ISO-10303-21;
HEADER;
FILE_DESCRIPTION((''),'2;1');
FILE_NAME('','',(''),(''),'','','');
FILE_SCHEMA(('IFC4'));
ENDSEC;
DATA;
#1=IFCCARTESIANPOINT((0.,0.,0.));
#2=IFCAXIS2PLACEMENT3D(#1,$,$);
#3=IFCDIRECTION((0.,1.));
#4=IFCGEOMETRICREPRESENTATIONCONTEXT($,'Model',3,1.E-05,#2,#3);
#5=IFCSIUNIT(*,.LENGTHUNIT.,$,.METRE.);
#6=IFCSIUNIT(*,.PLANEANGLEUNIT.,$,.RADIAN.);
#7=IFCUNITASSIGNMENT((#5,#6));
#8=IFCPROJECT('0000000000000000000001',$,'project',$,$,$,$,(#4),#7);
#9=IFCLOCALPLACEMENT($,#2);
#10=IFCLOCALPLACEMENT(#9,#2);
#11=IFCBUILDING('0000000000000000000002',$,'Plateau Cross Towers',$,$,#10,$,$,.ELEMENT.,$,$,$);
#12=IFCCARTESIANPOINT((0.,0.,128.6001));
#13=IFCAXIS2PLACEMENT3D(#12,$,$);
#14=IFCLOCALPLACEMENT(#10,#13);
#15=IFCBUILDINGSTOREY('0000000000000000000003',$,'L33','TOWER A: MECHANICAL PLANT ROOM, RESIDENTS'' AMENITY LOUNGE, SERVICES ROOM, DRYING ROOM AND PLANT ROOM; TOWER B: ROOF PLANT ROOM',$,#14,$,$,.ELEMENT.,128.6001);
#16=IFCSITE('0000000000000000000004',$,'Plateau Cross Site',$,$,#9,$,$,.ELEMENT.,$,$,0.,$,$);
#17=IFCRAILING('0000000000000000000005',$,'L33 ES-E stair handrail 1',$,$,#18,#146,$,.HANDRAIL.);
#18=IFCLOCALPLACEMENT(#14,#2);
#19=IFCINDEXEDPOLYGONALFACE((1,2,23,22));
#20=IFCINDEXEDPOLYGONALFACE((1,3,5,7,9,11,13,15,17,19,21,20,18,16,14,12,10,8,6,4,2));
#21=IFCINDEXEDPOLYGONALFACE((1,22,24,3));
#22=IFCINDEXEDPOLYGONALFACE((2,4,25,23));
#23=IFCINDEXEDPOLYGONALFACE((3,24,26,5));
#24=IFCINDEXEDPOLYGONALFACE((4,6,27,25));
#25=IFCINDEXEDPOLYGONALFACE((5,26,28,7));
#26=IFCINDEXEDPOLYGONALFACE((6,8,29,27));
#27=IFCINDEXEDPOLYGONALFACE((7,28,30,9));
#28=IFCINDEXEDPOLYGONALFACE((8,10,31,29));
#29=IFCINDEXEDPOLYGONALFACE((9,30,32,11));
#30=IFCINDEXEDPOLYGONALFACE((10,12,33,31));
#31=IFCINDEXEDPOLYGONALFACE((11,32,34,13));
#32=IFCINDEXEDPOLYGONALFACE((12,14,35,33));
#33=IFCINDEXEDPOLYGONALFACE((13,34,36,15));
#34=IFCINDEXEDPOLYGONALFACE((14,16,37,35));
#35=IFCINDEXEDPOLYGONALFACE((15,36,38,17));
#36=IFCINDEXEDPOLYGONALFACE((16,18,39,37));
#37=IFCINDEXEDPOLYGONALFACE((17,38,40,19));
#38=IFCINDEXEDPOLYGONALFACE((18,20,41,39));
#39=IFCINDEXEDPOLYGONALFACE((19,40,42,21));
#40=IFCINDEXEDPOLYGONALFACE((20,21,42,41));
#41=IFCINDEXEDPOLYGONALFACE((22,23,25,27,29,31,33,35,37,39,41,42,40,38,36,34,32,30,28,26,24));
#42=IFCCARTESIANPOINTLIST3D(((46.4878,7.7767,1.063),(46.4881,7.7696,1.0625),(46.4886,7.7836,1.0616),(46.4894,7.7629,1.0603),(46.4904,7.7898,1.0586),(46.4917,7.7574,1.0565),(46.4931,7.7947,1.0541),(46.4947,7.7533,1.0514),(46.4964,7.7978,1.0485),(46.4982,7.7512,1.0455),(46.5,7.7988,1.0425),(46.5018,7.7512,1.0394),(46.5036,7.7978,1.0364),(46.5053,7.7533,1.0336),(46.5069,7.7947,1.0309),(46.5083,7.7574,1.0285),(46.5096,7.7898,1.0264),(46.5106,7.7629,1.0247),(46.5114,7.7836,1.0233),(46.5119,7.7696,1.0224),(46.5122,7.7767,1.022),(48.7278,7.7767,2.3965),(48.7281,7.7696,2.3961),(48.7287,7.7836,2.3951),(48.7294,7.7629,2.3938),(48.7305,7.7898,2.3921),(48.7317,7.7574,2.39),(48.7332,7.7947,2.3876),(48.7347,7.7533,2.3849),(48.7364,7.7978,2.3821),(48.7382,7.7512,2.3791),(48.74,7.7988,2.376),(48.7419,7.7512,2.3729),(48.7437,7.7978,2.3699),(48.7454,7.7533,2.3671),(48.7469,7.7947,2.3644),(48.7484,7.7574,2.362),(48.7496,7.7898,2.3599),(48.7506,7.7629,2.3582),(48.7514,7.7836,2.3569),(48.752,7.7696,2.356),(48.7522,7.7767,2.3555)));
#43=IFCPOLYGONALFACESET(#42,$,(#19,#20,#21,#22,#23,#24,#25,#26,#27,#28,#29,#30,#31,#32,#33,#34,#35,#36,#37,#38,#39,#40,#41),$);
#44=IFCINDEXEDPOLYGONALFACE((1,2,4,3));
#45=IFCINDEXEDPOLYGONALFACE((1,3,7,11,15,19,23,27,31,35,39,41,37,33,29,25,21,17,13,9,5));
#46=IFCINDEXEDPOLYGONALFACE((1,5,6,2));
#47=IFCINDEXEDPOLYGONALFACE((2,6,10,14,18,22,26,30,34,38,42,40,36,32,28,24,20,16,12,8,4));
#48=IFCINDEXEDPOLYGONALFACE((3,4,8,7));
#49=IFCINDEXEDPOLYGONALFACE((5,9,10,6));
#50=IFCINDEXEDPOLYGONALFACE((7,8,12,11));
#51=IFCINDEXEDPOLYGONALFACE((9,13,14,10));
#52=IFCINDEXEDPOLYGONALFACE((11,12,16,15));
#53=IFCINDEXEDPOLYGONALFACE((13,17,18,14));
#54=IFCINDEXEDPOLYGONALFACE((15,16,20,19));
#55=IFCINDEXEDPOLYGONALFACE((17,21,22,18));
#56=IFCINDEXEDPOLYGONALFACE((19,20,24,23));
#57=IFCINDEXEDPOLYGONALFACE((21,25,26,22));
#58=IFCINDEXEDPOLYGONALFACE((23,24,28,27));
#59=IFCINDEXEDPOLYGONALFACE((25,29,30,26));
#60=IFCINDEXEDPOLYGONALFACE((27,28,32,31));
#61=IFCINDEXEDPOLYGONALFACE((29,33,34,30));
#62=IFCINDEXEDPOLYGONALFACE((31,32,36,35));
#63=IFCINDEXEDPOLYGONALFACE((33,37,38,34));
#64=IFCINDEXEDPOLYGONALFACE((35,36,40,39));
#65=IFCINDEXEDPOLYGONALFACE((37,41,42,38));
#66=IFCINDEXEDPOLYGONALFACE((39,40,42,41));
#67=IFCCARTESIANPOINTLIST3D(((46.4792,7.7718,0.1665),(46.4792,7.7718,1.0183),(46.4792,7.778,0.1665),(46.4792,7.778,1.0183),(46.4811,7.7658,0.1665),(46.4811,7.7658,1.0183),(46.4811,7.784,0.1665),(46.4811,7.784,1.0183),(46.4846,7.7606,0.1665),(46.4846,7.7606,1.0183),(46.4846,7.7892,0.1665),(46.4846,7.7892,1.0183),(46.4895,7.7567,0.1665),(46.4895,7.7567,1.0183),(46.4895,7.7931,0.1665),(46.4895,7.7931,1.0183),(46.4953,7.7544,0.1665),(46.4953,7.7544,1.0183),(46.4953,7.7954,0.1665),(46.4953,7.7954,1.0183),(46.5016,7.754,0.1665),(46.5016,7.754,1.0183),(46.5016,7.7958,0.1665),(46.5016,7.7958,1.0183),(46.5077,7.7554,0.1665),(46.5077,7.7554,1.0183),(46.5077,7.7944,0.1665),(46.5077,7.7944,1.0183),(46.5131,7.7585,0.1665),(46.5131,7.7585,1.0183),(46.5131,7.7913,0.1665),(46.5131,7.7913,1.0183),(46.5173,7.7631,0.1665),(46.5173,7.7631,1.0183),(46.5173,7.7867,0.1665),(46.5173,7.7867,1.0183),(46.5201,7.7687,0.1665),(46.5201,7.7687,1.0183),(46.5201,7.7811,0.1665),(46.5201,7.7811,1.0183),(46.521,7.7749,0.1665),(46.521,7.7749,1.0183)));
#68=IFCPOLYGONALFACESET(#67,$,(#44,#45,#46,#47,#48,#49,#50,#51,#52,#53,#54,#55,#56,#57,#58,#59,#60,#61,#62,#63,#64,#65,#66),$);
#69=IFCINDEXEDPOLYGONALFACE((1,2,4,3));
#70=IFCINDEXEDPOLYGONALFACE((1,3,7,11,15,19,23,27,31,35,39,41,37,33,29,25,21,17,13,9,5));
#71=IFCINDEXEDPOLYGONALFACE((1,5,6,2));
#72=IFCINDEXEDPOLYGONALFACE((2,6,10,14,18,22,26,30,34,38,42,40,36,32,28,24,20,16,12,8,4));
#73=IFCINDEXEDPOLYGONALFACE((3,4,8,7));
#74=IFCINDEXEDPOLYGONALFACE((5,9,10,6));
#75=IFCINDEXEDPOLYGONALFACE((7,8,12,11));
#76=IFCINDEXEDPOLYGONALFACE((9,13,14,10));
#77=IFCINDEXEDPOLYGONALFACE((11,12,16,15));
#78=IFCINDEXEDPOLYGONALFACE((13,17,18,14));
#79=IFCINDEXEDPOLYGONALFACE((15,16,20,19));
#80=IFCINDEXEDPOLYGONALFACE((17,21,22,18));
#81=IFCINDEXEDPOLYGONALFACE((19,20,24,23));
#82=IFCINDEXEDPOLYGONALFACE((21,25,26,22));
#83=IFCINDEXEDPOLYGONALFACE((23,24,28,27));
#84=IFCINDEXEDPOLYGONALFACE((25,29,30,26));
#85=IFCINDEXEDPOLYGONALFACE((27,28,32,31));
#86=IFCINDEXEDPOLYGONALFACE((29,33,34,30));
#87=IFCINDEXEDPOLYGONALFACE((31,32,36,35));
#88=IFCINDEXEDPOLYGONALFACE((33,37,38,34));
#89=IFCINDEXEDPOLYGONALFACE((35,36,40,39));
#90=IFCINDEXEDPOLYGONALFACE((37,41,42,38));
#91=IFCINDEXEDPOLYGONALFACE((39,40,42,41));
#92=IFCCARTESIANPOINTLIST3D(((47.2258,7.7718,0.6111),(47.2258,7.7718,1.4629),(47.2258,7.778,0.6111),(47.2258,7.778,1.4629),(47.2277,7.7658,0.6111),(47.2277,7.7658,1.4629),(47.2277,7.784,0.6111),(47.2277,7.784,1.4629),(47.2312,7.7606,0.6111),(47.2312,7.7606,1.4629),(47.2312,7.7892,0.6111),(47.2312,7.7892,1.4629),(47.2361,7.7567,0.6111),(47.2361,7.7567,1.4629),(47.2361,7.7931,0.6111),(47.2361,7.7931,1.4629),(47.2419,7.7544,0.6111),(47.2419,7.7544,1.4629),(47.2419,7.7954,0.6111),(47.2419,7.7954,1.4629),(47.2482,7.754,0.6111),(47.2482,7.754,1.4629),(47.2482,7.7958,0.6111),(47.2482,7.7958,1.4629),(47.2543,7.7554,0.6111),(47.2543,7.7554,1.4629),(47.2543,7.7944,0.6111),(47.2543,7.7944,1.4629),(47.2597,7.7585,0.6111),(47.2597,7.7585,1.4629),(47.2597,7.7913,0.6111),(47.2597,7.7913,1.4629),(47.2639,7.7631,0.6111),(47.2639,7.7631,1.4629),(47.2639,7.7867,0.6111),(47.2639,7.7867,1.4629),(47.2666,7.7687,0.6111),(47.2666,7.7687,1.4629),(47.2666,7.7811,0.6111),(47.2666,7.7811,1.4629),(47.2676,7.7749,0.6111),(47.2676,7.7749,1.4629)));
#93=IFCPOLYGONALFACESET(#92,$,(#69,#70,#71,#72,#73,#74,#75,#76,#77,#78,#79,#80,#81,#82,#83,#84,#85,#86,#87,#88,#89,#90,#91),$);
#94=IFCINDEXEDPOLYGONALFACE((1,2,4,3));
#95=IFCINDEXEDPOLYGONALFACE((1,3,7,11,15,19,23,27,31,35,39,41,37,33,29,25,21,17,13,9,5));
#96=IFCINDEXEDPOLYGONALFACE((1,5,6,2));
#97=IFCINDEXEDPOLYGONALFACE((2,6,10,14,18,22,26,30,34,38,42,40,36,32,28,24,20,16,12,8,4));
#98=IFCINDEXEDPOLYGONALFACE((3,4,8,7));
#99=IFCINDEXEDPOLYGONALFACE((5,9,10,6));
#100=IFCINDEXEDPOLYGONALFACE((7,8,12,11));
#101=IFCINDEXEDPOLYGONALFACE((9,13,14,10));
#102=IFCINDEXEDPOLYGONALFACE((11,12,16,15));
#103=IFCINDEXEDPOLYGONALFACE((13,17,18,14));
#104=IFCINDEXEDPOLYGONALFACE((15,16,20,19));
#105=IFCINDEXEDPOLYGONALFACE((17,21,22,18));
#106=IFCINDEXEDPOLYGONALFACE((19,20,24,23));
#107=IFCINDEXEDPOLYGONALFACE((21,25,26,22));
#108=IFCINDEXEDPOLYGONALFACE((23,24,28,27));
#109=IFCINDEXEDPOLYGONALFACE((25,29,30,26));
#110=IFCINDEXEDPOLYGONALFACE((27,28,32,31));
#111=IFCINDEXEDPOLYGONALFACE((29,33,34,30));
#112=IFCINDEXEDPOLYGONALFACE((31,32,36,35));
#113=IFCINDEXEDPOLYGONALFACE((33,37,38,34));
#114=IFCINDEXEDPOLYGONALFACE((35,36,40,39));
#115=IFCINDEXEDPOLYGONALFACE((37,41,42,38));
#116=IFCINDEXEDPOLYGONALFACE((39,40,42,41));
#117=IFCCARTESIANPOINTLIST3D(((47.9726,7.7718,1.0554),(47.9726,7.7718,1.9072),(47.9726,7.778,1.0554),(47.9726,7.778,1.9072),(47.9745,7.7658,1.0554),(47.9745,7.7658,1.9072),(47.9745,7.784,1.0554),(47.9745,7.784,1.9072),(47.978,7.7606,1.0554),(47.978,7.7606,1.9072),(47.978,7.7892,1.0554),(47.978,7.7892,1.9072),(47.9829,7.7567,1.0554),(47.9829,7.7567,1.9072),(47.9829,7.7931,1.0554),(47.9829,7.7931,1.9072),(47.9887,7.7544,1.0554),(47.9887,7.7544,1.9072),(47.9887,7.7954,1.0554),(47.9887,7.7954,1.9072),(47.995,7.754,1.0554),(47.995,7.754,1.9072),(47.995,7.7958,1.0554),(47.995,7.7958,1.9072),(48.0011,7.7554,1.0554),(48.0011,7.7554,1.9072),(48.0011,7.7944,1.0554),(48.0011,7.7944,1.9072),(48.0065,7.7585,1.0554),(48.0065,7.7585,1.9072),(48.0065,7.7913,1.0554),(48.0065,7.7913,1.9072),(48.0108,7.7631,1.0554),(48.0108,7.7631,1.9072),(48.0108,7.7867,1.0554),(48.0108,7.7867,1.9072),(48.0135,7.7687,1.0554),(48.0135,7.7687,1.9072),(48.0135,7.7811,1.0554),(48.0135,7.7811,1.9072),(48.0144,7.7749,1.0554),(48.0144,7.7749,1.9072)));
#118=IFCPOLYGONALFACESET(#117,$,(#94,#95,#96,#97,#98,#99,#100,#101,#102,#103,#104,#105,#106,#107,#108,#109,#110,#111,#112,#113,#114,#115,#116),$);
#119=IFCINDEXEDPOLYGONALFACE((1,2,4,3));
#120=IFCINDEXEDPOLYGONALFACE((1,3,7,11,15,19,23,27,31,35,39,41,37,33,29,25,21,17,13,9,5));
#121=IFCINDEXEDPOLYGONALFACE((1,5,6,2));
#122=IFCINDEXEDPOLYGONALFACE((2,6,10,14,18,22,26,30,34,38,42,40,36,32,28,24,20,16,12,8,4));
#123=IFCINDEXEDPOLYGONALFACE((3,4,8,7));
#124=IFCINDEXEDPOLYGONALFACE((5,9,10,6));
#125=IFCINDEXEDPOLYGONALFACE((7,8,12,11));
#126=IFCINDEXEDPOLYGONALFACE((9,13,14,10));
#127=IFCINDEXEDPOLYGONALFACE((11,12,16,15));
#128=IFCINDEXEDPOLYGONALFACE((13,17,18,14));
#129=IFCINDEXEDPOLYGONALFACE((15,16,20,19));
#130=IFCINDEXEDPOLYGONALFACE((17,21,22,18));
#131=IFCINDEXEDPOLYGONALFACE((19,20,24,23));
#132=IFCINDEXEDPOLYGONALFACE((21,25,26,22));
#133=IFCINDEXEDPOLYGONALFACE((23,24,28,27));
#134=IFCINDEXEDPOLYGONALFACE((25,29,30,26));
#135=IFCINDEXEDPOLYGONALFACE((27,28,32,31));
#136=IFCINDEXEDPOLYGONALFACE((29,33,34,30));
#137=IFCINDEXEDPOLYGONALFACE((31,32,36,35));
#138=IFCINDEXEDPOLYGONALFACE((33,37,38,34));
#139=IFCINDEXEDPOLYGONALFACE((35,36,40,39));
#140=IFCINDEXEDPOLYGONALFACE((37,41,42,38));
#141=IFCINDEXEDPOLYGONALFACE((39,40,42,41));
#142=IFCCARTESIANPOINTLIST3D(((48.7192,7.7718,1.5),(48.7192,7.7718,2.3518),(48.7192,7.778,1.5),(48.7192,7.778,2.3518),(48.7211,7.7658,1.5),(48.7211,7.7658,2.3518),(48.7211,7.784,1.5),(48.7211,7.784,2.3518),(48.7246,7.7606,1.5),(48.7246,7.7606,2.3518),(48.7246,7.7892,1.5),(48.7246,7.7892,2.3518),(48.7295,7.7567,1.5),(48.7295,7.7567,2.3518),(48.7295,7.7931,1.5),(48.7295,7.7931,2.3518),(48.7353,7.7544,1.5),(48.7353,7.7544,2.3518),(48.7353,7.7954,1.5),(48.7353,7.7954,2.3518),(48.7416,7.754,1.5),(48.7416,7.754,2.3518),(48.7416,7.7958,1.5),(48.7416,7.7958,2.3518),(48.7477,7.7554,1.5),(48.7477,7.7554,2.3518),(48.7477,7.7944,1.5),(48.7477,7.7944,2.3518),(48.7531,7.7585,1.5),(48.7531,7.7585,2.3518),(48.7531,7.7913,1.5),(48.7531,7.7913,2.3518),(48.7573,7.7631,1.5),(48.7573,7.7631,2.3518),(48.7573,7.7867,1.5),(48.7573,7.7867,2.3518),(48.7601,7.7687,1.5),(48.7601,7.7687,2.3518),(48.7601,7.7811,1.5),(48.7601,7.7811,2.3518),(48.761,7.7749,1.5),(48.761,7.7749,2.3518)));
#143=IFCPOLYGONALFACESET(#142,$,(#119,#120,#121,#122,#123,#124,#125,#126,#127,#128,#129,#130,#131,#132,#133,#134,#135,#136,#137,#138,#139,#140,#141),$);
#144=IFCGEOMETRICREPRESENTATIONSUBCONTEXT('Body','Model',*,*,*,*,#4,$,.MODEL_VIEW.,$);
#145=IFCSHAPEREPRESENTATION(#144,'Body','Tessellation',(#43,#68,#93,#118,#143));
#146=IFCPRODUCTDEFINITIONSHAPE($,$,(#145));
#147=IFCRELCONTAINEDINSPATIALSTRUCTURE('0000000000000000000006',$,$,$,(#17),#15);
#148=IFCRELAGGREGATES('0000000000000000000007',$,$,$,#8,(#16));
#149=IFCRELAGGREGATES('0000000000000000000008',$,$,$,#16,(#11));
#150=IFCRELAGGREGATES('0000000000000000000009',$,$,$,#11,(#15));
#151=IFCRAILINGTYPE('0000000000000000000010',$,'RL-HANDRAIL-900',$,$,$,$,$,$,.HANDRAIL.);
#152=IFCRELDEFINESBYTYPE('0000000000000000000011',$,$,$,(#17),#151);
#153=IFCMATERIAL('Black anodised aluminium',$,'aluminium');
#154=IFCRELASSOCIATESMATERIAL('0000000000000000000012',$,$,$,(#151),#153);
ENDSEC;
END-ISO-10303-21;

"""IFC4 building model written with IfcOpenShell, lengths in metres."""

from ifc_helpers import new_model, si_unit, direction, frame, origin, origin_2d, place, context, subcontext, project, spatial, circle, extrude, material, type_object, element, save


model = new_model("IFC4")

# Units and contexts
model_context = context("Model", 3, precision=1e-05, world=origin(), true_north=direction((0.0, 1.0)))
body_context = subcontext(model_context, "Body", "Model", "MODEL_VIEW")
ifc_project = project(units=[si_unit("LENGTHUNIT", "METRE"), si_unit("PLANEANGLEUNIT", "RADIAN")], contexts=[model_context])

# Site, building, storey
site_placement = place(None, origin())
site = spatial("IfcSite", under=ifc_project, at=site_placement, Name="Plateau Cross Site", CompositionType="ELEMENT", RefElevation=0.0)
building_placement = place(site_placement, origin())
building = spatial("IfcBuilding", under=site, at=building_placement, Name="Plateau Cross Towers", CompositionType="ELEMENT")
storey_placement = place(building_placement, frame((0.0, 0.0, 128.6001)))
storey = spatial("IfcBuildingStorey", under=building, at=storey_placement, Name="L33", Description="TOWER A: MECHANICAL PLANT ROOM, RESIDENTS' AMENITY LOUNGE, SERVICES ROOM, DRYING ROOM AND PLANT ROOM; TOWER B: ROOF PLANT ROOM", CompositionType="ELEMENT", Elevation=128.6001)

# Shared definitions
ifc_material_1 = material(Name="Black anodised aluminium", Category="aluminium")

# Railing
railing_type_1 = type_object("IfcRailingType", Name="RL-HANDRAIL-900", PredefinedType="HANDRAIL", material=ifc_material_1)
for number, where, name in (
    (1, (46.5, 7.7749, 0.1665), "L33 ES-E stair handrail 1"),
):
    element("IfcRailing", number, at=place(storey_placement, frame(where)), inside=storey, type_object=railing_type_1, Name=name, PredefinedType="HANDRAIL", context=body_context, shape_type="SweptSolid", body=[
        extrude(circle(Radius=0.0239, at=origin_2d()), frame((0.0, 0.0, 0.876), z_axis=(0.859264, 0.0, 0.511532), x_axis=(0.0, 1.0, 0.0)), (0.0, 0.0, 1.0), 2.6069),
        extrude(circle(Radius=0.021, at=origin_2d()), origin(), (0.0, 0.0, 1.0), 0.8518),
        extrude(circle(Radius=0.021, at=origin_2d()), frame((0.7466, 0.0, 0.4446)), (0.0, 0.0, 1.0), 0.8518),
        extrude(circle(Radius=0.021, at=origin_2d()), frame((1.4934, 0.0, 0.8889)), (0.0, 0.0, 1.0), 0.8518),
        extrude(circle(Radius=0.021, at=origin_2d()), frame((2.24, 0.0, 1.3335)), (0.0, 0.0, 1.0), 0.8518),
    ])

save(model, "model.ifc")
